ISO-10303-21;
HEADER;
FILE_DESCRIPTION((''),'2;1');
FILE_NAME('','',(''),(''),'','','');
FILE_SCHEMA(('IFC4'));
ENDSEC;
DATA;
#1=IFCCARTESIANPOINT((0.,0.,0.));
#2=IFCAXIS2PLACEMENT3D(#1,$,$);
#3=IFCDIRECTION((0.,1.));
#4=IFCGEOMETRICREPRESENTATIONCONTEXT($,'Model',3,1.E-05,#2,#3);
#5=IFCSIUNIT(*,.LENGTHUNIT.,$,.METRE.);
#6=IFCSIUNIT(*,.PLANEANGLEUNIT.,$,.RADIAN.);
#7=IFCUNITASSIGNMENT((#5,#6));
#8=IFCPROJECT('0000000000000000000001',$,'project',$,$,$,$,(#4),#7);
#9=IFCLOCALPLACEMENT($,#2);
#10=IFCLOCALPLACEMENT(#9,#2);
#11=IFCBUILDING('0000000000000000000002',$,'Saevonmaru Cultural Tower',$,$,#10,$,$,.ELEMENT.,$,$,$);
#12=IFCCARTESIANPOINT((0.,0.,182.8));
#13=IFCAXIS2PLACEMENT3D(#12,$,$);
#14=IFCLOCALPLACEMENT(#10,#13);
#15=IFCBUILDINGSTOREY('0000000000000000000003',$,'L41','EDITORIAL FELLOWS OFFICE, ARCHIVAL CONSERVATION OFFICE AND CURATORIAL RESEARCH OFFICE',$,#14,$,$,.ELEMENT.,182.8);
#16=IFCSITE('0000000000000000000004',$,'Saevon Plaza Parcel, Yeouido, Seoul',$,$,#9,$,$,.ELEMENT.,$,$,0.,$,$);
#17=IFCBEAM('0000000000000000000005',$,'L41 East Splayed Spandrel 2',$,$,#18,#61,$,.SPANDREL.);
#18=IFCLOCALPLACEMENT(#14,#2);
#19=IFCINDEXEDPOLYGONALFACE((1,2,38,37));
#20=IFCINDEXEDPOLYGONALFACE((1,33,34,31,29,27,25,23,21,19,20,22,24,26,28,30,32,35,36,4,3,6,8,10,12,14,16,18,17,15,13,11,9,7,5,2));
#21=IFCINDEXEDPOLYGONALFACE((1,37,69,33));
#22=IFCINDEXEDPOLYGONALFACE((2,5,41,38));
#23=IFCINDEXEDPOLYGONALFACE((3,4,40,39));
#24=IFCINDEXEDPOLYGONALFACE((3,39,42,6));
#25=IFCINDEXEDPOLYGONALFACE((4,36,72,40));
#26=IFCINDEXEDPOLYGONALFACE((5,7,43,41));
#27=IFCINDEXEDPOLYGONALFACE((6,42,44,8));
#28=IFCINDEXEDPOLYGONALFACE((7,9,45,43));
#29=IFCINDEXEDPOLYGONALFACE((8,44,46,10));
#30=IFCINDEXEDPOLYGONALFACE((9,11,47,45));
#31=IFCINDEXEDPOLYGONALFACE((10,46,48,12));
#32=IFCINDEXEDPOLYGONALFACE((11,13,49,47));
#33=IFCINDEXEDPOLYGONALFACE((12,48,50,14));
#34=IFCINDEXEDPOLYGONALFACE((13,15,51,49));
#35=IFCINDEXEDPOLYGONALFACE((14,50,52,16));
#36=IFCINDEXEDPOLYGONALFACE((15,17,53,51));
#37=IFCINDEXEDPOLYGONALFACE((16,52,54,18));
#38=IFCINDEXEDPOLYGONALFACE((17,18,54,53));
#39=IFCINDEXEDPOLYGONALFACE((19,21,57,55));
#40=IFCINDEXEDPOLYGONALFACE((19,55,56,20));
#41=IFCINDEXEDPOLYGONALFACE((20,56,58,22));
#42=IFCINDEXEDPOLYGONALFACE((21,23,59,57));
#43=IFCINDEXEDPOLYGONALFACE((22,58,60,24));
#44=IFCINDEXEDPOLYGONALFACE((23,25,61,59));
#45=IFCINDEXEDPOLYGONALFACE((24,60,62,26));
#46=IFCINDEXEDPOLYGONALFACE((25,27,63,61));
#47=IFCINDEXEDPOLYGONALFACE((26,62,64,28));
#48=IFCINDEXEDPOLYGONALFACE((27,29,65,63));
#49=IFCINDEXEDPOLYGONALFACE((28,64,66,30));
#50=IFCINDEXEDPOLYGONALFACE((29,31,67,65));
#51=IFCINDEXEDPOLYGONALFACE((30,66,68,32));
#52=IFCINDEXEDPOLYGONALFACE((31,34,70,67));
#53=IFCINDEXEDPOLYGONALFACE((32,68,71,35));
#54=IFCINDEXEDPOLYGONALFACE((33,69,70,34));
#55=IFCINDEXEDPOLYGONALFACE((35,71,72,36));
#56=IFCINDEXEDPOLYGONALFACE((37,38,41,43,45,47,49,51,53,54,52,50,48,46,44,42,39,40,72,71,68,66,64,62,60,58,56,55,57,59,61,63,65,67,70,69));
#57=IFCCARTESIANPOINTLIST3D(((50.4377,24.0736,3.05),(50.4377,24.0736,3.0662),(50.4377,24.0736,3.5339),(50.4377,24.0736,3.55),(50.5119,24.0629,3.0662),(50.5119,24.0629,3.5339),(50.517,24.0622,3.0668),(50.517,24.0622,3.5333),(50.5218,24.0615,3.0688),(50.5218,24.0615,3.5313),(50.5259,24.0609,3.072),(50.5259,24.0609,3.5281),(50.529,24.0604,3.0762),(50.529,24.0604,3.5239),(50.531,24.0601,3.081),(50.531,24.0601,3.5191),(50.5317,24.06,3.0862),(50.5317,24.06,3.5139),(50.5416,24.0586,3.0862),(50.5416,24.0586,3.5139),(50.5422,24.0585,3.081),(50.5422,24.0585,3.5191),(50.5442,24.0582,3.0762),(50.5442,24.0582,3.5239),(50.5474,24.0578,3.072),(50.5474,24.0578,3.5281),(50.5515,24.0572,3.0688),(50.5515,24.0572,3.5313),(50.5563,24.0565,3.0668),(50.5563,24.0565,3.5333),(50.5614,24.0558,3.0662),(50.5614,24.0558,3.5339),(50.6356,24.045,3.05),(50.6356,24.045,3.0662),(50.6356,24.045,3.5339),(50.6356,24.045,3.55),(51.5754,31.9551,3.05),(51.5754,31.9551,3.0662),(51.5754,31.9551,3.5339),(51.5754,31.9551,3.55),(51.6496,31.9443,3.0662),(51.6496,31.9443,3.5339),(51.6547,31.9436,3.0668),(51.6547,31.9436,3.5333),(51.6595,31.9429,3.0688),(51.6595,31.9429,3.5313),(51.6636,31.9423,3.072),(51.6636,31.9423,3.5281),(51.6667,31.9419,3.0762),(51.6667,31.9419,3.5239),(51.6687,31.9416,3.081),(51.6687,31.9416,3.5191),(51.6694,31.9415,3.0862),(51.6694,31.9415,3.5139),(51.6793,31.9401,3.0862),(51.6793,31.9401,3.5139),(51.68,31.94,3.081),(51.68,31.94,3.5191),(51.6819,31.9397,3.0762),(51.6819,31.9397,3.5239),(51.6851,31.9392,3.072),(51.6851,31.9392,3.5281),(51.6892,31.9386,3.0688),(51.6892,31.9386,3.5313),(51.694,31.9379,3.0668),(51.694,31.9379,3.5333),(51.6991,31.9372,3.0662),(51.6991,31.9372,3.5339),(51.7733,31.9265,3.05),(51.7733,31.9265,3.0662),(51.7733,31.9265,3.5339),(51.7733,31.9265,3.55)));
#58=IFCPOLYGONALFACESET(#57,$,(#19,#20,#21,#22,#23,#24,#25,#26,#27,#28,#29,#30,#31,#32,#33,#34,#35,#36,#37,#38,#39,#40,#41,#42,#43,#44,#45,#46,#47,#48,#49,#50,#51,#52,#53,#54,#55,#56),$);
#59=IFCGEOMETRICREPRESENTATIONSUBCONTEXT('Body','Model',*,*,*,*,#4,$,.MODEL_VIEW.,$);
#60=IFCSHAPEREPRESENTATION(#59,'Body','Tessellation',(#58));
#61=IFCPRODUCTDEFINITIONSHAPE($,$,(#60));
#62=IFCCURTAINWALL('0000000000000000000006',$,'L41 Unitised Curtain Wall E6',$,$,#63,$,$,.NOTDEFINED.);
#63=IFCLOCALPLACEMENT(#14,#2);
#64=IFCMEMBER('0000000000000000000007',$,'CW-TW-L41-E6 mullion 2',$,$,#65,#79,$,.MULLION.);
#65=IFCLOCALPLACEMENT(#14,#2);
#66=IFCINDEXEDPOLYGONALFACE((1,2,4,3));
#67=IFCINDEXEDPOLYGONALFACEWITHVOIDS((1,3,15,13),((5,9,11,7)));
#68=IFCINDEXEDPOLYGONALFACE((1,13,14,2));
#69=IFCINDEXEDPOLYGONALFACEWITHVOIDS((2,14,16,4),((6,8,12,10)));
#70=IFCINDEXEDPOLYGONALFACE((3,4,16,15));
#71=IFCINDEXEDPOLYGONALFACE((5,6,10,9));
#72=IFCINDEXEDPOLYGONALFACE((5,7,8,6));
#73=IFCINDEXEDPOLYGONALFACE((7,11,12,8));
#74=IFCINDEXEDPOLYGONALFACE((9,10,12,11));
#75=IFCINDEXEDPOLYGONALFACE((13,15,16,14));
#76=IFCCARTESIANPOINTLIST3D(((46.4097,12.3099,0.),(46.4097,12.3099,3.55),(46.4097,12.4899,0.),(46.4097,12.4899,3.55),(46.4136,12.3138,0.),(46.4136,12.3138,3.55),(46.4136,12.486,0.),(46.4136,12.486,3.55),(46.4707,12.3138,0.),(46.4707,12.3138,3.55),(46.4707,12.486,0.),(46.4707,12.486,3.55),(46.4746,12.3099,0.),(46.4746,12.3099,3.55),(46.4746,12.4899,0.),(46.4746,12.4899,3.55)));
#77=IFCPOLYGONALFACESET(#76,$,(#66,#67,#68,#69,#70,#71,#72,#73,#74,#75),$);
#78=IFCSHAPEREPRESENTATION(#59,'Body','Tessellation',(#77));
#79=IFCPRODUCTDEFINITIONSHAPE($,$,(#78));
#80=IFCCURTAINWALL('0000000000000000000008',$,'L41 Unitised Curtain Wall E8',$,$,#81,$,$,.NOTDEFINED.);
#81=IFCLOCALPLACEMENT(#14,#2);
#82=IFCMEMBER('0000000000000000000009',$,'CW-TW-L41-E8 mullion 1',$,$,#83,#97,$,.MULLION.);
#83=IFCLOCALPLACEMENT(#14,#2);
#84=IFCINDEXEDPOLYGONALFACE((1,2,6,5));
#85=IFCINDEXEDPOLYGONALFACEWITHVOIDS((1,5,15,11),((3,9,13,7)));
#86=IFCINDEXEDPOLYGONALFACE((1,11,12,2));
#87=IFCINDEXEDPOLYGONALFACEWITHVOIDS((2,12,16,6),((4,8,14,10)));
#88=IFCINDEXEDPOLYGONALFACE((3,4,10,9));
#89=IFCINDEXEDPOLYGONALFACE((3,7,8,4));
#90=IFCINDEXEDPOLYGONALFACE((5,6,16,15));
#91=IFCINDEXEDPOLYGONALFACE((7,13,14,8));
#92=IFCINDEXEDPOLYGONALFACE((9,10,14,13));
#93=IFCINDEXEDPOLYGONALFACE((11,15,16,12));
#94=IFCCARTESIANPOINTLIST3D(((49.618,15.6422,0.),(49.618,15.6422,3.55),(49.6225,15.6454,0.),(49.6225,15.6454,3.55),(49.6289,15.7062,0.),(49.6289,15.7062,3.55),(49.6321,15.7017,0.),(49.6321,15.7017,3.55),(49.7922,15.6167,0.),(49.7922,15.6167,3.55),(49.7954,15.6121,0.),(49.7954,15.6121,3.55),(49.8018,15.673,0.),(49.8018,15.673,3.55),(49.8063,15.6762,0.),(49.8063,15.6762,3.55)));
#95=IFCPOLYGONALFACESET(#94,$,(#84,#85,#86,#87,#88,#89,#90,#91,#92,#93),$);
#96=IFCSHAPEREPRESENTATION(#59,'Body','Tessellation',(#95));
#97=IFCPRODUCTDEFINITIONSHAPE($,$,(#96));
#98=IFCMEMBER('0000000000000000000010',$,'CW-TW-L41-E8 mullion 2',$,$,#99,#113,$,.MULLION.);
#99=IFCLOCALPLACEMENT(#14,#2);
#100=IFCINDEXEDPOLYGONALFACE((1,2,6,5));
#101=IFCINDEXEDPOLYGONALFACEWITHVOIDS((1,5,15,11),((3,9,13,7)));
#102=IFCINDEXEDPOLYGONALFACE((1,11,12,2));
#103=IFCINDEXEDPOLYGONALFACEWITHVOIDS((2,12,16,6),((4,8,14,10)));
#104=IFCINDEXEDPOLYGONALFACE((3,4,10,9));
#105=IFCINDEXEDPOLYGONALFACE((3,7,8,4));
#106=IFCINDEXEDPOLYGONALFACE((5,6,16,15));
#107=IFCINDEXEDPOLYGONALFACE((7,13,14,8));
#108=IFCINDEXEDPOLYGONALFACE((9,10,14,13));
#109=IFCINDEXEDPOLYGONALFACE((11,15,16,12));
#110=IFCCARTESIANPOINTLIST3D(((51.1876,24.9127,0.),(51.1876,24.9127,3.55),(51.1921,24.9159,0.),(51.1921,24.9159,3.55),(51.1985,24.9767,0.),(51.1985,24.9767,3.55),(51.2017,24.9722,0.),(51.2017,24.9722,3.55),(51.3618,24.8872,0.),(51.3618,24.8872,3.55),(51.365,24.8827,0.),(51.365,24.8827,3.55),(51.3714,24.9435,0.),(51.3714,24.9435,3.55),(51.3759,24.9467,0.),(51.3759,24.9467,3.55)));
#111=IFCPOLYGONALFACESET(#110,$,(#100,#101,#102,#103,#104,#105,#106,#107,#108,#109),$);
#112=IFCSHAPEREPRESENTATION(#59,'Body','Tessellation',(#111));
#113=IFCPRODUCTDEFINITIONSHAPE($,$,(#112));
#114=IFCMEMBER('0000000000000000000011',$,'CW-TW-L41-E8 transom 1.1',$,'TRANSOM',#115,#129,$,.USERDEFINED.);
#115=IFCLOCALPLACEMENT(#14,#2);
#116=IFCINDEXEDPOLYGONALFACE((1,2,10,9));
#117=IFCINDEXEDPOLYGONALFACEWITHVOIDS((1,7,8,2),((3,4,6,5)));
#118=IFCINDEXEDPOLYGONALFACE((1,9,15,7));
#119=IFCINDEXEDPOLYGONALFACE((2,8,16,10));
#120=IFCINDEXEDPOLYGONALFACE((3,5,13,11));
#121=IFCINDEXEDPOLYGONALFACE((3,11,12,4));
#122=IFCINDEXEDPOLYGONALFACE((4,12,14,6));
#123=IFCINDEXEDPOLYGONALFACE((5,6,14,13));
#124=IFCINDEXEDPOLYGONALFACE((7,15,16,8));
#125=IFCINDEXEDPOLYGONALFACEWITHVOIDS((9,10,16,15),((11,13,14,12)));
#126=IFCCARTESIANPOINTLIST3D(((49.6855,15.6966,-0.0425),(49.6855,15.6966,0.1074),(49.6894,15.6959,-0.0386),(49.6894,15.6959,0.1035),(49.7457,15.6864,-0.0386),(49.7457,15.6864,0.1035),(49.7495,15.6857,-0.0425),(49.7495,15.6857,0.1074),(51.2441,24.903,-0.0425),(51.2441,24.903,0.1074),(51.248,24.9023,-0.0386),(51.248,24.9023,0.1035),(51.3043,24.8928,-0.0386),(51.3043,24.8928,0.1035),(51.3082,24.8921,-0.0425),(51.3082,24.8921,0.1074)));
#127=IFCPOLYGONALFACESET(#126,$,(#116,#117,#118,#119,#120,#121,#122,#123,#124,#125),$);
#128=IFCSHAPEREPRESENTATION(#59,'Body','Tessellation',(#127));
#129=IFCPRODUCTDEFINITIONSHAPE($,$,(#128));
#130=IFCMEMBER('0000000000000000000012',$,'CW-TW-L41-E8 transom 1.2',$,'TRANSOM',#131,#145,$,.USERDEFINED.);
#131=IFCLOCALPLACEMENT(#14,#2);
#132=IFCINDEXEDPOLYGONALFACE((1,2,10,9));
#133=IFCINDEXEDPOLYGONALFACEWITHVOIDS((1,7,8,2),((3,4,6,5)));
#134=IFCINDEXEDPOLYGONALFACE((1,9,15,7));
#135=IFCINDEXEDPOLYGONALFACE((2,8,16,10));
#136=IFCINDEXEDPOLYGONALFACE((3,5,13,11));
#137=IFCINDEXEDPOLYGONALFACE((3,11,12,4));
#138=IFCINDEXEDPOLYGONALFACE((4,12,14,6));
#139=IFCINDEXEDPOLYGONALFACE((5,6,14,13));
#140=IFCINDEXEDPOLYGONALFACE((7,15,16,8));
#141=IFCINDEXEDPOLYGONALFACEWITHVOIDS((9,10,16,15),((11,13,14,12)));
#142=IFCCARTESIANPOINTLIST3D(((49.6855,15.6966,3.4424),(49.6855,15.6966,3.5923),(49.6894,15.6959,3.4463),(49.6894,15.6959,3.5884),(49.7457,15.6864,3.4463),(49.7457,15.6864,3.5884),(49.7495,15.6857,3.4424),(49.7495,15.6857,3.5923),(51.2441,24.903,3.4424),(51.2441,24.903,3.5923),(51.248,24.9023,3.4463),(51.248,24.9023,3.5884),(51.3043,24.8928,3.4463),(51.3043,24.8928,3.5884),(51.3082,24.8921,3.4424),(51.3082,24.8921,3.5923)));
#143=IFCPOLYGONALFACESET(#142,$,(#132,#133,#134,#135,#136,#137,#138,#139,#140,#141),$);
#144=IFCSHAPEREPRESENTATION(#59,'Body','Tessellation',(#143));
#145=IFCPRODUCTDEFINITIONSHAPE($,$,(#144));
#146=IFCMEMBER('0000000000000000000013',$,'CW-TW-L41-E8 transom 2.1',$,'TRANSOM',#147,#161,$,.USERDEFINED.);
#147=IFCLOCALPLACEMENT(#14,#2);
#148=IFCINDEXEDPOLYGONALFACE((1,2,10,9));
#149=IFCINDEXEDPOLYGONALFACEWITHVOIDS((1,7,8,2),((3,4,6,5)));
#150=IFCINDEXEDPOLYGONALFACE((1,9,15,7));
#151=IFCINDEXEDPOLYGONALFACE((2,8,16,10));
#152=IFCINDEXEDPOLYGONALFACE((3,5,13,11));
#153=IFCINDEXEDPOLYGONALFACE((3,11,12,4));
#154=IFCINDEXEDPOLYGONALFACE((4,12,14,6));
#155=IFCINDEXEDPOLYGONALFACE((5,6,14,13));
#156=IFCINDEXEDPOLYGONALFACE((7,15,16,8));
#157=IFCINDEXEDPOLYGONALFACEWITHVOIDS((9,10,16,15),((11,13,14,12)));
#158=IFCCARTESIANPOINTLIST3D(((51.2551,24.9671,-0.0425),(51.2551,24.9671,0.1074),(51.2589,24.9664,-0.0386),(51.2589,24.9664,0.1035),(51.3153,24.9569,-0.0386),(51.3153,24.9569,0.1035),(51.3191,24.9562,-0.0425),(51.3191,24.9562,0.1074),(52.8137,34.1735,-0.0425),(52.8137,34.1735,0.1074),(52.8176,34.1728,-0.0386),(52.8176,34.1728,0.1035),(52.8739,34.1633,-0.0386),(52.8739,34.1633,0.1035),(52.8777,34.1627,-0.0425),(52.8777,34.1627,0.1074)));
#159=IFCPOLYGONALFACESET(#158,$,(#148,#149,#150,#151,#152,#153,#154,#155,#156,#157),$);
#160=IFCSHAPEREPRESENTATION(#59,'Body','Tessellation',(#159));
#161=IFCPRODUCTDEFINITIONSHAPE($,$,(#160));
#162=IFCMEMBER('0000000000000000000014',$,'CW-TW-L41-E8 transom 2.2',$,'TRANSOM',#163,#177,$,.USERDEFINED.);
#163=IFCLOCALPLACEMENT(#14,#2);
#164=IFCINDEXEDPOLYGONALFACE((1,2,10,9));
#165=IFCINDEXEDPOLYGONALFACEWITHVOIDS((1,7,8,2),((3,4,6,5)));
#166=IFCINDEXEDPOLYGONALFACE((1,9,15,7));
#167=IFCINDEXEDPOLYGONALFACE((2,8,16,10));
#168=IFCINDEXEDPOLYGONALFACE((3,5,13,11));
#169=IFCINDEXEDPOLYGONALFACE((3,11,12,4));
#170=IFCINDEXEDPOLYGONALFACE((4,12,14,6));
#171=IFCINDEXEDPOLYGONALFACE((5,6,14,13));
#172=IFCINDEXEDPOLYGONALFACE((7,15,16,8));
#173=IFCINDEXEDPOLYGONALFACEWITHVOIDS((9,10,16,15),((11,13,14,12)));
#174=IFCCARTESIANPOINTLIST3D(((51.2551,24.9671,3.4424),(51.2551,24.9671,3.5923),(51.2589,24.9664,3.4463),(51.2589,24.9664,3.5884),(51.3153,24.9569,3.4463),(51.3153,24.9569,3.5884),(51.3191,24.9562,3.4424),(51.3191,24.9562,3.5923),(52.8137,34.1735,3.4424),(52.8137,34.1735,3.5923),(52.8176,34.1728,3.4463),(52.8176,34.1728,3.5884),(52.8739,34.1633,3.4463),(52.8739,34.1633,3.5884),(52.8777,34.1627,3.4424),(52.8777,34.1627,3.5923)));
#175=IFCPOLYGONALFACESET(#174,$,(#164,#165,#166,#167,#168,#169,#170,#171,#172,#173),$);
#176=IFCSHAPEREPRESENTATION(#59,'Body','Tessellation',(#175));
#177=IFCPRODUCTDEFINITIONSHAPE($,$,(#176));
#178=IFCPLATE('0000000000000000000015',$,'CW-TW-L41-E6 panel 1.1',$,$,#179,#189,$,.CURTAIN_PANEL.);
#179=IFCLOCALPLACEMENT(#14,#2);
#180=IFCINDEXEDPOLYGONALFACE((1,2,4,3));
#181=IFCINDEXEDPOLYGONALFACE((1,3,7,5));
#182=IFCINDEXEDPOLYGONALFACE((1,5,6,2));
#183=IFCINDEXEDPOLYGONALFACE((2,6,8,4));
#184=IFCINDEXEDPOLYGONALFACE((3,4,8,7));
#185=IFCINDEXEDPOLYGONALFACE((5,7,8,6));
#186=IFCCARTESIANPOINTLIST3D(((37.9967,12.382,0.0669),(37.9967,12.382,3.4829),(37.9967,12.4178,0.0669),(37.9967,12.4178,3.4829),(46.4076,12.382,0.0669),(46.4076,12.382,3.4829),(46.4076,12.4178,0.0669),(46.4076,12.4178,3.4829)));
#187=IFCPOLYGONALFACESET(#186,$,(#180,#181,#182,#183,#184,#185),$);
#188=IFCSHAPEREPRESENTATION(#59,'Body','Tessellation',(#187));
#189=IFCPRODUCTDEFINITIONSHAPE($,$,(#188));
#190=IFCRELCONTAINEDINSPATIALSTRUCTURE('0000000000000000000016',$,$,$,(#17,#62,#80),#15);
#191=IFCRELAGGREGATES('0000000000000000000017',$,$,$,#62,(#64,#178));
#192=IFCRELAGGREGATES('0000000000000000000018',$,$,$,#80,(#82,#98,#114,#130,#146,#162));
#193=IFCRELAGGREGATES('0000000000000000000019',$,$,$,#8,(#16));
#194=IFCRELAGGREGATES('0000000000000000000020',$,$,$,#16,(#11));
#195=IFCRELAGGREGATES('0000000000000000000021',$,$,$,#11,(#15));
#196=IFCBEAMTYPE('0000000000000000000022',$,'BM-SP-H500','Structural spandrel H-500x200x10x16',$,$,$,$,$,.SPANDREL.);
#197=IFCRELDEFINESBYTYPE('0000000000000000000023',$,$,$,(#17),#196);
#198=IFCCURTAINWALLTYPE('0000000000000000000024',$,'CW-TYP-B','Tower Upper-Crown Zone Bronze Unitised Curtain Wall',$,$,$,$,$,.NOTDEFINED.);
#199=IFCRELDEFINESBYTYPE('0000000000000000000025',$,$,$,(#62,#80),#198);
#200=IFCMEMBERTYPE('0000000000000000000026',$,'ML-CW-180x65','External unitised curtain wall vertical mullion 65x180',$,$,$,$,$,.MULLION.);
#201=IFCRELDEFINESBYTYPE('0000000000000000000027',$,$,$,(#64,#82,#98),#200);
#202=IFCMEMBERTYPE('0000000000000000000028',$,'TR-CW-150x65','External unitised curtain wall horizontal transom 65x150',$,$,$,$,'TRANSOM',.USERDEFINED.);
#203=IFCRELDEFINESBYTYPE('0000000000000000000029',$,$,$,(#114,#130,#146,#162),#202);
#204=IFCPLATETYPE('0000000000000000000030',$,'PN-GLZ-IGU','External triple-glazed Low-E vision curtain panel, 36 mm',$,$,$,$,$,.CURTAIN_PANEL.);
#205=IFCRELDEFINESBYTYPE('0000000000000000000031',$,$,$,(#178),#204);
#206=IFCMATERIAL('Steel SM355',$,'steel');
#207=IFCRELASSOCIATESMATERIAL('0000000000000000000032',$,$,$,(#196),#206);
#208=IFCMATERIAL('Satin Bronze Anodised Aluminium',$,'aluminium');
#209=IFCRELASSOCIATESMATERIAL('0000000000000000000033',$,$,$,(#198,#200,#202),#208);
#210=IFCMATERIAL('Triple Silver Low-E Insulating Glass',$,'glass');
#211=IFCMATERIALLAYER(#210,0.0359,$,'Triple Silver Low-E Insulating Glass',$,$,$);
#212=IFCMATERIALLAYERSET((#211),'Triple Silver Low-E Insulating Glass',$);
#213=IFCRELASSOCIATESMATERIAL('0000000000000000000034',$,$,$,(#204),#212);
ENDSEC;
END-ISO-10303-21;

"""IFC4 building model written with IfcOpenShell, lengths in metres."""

from ifc_helpers import new_model, si_unit, direction, frame, origin, origin_2d, place, context, subcontext, project, spatial, rectangle, hollow_rectangle, i_section, extrude, material, layer, layer_set, material_profile, profile_set, type_object, element, aggregate, save


model = new_model("IFC4")

# Units and contexts
model_context = context("Model", 3, precision=1e-05, world=origin(), true_north=direction((0.0, 1.0)))
body_context = subcontext(model_context, "Body", "Model", "MODEL_VIEW")
ifc_project = project(units=[si_unit("LENGTHUNIT", "METRE"), si_unit("PLANEANGLEUNIT", "RADIAN")], contexts=[model_context])

# Site, building, storey
site_placement = place(None, origin())
site = spatial("IfcSite", under=ifc_project, at=site_placement, Name="Saevon Plaza Parcel, Yeouido, Seoul", CompositionType="ELEMENT", RefElevation=0.0)
building_placement = place(site_placement, origin())
building = spatial("IfcBuilding", under=site, at=building_placement, Name="Saevonmaru Cultural Tower", CompositionType="ELEMENT")
storey_placement = place(building_placement, frame((0.0, 0.0, 182.8)))
storey = spatial("IfcBuildingStorey", under=building, at=storey_placement, Name="L41", Description="EDITORIAL FELLOWS OFFICE, ARCHIVAL CONSERVATION OFFICE AND CURATORIAL RESEARCH OFFICE", CompositionType="ELEMENT", Elevation=182.8)

# Shared definitions
ifc_material_1 = material(Name="Steel SM355", Category="steel")

# Beam
ifc_material_profile_1 = material_profile(ifc_material_1, i_section(OverallWidth=0.2, OverallDepth=0.5, WebThickness=0.01, FlangeThickness=0.0161, FilletRadius=0.02, at=origin_2d()), Name="H-500x200x10x16")
ifc_profile_set_1 = profile_set([ifc_material_profile_1], Name="Steel SM355")
beam_type_1 = type_object("IfcBeamType", Name="BM-SP-H500", Description="Structural spandrel H-500x200x10x16", PredefinedType="SPANDREL", material=ifc_profile_set_1)
for number, where, z_axis, x_axis, name in (
    (1, (50.5366, 24.0593, 3.3), (0.142872, 0.989741, 0.0), (-0.989741, 0.142872, 0.0), "L41 East Splayed Spandrel 2"),
):
    element("IfcBeam", number, at=place(storey_placement, frame(where, z_axis=z_axis, x_axis=x_axis)), inside=storey, type_object=beam_type_1, Name=name, PredefinedType="SPANDREL", context=body_context, shape_type="SweptSolid", body=[
        extrude(i_section(OverallWidth=0.2, OverallDepth=0.5, WebThickness=0.01, FlangeThickness=0.0161, FilletRadius=0.02, at=origin_2d()), origin(), (0.0, 0.0, 1.0), 7.9631),
    ])

# Curtain wall, member
ifc_material_2 = material(Name="Satin Bronze Anodised Aluminium", Category="aluminium")
curtain_wall_type = type_object("IfcCurtainWallType", Name="CW-TYP-B", Description="Tower Upper-Crown Zone Bronze Unitised Curtain Wall", PredefinedType="NOTDEFINED", material=ifc_material_2)
curtain_wall_1_placement = place(storey_placement, origin())
curtain_wall_1 = element("IfcCurtainWall", 2, at=curtain_wall_1_placement, inside=storey, type_object=curtain_wall_type, Name="L41 Unitised Curtain Wall E6", PredefinedType="NOTDEFINED")
ifc_material_profile_2 = material_profile(ifc_material_2, hollow_rectangle(XDim=0.0649, YDim=0.1799, WallThickness=0.0039, at=origin_2d()), Name="ALU-MULL-180x65x4")
ifc_profile_set_2 = profile_set([ifc_material_profile_2], Name="Satin Bronze Anodised Aluminium")
member_type_1 = type_object("IfcMemberType", Name="ML-CW-180x65", Description="External unitised curtain wall vertical mullion 65x180", PredefinedType="MULLION", material=ifc_profile_set_2)
member_1_placement = place(storey_placement, frame((46.4421, 12.3999, 0.0), z_axis=(0.0, 0.0, 1.0), x_axis=(1.0, 0.0, 0.0)))
member_1 = element("IfcMember", 3, at=member_1_placement, type_object=member_type_1, Name="CW-TW-L41-E6 mullion 2", PredefinedType="MULLION", context=body_context, shape_type="SweptSolid", body=[
    extrude(hollow_rectangle(XDim=0.0649, YDim=0.1799, WallThickness=0.0039, at=origin_2d()), origin(), (0.0, 0.0, 1.0), 3.55),
])

# Curtain wall, members
curtain_wall_2_placement = place(storey_placement, origin())
curtain_wall_2 = element("IfcCurtainWall", 4, at=curtain_wall_2_placement, inside=storey, type_object=curtain_wall_type, Name="L41 Unitised Curtain Wall E8", PredefinedType="NOTDEFINED")
member_2_placement = place(storey_placement, frame((49.7122, 15.6592, 0.0), z_axis=(0.0, 0.0, 1.0), x_axis=(0.166922, 0.98597, 0.0)))
member_2 = element("IfcMember", 5, at=member_2_placement, type_object=member_type_1, Name="CW-TW-L41-E8 mullion 1", PredefinedType="MULLION", context=body_context, shape_type="SweptSolid", body=[
    extrude(hollow_rectangle(XDim=0.0649, YDim=0.1799, WallThickness=0.0039, at=origin_2d()), origin(), (0.0, 0.0, 1.0), 3.55),
])
member_3_placement = place(storey_placement, frame((51.2817, 24.9297, 0.0), z_axis=(0.0, 0.0, 1.0), x_axis=(0.166922, 0.98597, 0.0)))
member_3 = element("IfcMember", 6, at=member_3_placement, type_object=member_type_1, Name="CW-TW-L41-E8 mullion 2", PredefinedType="MULLION", context=body_context, shape_type="SweptSolid", body=[
    extrude(hollow_rectangle(XDim=0.0649, YDim=0.1799, WallThickness=0.0039, at=origin_2d()), origin(), (0.0, 0.0, 1.0), 3.55),
])
ifc_material_profile_3 = material_profile(ifc_material_2, hollow_rectangle(XDim=0.0649, YDim=0.1499, WallThickness=0.0039, at=origin_2d()), Name="ALU-TRAN-150x65x4")
ifc_profile_set_3 = profile_set([ifc_material_profile_3], Name="Satin Bronze Anodised Aluminium")
member_type_2 = type_object("IfcMemberType", Name="TR-CW-150x65", Description="External unitised curtain wall horizontal transom 65x150", ElementType="TRANSOM", PredefinedType="USERDEFINED", material=ifc_profile_set_3)
member_4_placement = place(storey_placement, frame((49.7175, 15.6912, 0.0325), z_axis=(0.166921, 0.98597, 0.0), x_axis=(-0.98597, 0.166921, 0.0)))
member_4 = element("IfcMember", 7, at=member_4_placement, type_object=member_type_2, Name="CW-TW-L41-E8 transom 1.1", ObjectType="TRANSOM", PredefinedType="USERDEFINED", context=body_context, shape_type="SweptSolid", body=[
    extrude(hollow_rectangle(XDim=0.0649, YDim=0.1499, WallThickness=0.0039, at=origin_2d()), origin(), (0.0, 0.0, 1.0), 9.3374),
])
member_5_placement = place(storey_placement, frame((49.7175, 15.6912, 3.5173), z_axis=(0.166921, 0.98597, 0.0), x_axis=(-0.98597, 0.166921, 0.0)))
member_5 = element("IfcMember", 8, at=member_5_placement, type_object=member_type_2, Name="CW-TW-L41-E8 transom 1.2", ObjectType="TRANSOM", PredefinedType="USERDEFINED", context=body_context, shape_type="SweptSolid", body=[
    extrude(hollow_rectangle(XDim=0.0649, YDim=0.1499, WallThickness=0.0039, at=origin_2d()), origin(), (0.0, 0.0, 1.0), 9.3374),
])
member_6_placement = place(storey_placement, frame((51.2871, 24.9617, 0.0325), z_axis=(0.166921, 0.98597, 0.0), x_axis=(-0.98597, 0.166921, 0.0)))
member_6 = element("IfcMember", 9, at=member_6_placement, type_object=member_type_2, Name="CW-TW-L41-E8 transom 2.1", ObjectType="TRANSOM", PredefinedType="USERDEFINED", context=body_context, shape_type="SweptSolid", body=[
    extrude(hollow_rectangle(XDim=0.0649, YDim=0.1499, WallThickness=0.0039, at=origin_2d()), origin(), (0.0, 0.0, 1.0), 9.3374),
])
member_7_placement = place(storey_placement, frame((51.2871, 24.9617, 3.5173), z_axis=(0.166921, 0.98597, 0.0), x_axis=(-0.98597, 0.166921, 0.0)))
member_7 = element("IfcMember", 10, at=member_7_placement, type_object=member_type_2, Name="CW-TW-L41-E8 transom 2.2", ObjectType="TRANSOM", PredefinedType="USERDEFINED", context=body_context, shape_type="SweptSolid", body=[
    extrude(hollow_rectangle(XDim=0.0649, YDim=0.1499, WallThickness=0.0039, at=origin_2d()), origin(), (0.0, 0.0, 1.0), 9.3374),
])

# Plate
ifc_material_3 = material(Name="Triple Silver Low-E Insulating Glass", Category="glass")
ifc_layer_1 = layer(ifc_material_3, 0.0359, Name="Triple Silver Low-E Insulating Glass")
ifc_layer_set_1 = layer_set([ifc_layer_1], Name="Triple Silver Low-E Insulating Glass")
plate_type = type_object("IfcPlateType", Name="PN-GLZ-IGU", Description="External triple-glazed Low-E vision curtain panel, 36 mm", PredefinedType="CURTAIN_PANEL", material=ifc_layer_set_1)
plate_1_placement = place(storey_placement, frame((42.2021, 12.3999, 0.0669), z_axis=(0.0, 0.0, 1.0), x_axis=(1.0, 0.0, 0.0)))
plate_1 = element("IfcPlate", 11, at=plate_1_placement, type_object=plate_type, Name="CW-TW-L41-E6 panel 1.1", PredefinedType="CURTAIN_PANEL", context=body_context, shape_type="SweptSolid", body=[
    extrude(rectangle(XDim=8.4109, YDim=0.0359, at=origin_2d()), origin(), (0.0, 0.0, 1.0), 3.416),
])
aggregate(curtain_wall_1, [member_1, plate_1])
aggregate(curtain_wall_2, [member_2, member_3, member_4, member_5, member_6, member_7])

save(model, "model.ifc")
